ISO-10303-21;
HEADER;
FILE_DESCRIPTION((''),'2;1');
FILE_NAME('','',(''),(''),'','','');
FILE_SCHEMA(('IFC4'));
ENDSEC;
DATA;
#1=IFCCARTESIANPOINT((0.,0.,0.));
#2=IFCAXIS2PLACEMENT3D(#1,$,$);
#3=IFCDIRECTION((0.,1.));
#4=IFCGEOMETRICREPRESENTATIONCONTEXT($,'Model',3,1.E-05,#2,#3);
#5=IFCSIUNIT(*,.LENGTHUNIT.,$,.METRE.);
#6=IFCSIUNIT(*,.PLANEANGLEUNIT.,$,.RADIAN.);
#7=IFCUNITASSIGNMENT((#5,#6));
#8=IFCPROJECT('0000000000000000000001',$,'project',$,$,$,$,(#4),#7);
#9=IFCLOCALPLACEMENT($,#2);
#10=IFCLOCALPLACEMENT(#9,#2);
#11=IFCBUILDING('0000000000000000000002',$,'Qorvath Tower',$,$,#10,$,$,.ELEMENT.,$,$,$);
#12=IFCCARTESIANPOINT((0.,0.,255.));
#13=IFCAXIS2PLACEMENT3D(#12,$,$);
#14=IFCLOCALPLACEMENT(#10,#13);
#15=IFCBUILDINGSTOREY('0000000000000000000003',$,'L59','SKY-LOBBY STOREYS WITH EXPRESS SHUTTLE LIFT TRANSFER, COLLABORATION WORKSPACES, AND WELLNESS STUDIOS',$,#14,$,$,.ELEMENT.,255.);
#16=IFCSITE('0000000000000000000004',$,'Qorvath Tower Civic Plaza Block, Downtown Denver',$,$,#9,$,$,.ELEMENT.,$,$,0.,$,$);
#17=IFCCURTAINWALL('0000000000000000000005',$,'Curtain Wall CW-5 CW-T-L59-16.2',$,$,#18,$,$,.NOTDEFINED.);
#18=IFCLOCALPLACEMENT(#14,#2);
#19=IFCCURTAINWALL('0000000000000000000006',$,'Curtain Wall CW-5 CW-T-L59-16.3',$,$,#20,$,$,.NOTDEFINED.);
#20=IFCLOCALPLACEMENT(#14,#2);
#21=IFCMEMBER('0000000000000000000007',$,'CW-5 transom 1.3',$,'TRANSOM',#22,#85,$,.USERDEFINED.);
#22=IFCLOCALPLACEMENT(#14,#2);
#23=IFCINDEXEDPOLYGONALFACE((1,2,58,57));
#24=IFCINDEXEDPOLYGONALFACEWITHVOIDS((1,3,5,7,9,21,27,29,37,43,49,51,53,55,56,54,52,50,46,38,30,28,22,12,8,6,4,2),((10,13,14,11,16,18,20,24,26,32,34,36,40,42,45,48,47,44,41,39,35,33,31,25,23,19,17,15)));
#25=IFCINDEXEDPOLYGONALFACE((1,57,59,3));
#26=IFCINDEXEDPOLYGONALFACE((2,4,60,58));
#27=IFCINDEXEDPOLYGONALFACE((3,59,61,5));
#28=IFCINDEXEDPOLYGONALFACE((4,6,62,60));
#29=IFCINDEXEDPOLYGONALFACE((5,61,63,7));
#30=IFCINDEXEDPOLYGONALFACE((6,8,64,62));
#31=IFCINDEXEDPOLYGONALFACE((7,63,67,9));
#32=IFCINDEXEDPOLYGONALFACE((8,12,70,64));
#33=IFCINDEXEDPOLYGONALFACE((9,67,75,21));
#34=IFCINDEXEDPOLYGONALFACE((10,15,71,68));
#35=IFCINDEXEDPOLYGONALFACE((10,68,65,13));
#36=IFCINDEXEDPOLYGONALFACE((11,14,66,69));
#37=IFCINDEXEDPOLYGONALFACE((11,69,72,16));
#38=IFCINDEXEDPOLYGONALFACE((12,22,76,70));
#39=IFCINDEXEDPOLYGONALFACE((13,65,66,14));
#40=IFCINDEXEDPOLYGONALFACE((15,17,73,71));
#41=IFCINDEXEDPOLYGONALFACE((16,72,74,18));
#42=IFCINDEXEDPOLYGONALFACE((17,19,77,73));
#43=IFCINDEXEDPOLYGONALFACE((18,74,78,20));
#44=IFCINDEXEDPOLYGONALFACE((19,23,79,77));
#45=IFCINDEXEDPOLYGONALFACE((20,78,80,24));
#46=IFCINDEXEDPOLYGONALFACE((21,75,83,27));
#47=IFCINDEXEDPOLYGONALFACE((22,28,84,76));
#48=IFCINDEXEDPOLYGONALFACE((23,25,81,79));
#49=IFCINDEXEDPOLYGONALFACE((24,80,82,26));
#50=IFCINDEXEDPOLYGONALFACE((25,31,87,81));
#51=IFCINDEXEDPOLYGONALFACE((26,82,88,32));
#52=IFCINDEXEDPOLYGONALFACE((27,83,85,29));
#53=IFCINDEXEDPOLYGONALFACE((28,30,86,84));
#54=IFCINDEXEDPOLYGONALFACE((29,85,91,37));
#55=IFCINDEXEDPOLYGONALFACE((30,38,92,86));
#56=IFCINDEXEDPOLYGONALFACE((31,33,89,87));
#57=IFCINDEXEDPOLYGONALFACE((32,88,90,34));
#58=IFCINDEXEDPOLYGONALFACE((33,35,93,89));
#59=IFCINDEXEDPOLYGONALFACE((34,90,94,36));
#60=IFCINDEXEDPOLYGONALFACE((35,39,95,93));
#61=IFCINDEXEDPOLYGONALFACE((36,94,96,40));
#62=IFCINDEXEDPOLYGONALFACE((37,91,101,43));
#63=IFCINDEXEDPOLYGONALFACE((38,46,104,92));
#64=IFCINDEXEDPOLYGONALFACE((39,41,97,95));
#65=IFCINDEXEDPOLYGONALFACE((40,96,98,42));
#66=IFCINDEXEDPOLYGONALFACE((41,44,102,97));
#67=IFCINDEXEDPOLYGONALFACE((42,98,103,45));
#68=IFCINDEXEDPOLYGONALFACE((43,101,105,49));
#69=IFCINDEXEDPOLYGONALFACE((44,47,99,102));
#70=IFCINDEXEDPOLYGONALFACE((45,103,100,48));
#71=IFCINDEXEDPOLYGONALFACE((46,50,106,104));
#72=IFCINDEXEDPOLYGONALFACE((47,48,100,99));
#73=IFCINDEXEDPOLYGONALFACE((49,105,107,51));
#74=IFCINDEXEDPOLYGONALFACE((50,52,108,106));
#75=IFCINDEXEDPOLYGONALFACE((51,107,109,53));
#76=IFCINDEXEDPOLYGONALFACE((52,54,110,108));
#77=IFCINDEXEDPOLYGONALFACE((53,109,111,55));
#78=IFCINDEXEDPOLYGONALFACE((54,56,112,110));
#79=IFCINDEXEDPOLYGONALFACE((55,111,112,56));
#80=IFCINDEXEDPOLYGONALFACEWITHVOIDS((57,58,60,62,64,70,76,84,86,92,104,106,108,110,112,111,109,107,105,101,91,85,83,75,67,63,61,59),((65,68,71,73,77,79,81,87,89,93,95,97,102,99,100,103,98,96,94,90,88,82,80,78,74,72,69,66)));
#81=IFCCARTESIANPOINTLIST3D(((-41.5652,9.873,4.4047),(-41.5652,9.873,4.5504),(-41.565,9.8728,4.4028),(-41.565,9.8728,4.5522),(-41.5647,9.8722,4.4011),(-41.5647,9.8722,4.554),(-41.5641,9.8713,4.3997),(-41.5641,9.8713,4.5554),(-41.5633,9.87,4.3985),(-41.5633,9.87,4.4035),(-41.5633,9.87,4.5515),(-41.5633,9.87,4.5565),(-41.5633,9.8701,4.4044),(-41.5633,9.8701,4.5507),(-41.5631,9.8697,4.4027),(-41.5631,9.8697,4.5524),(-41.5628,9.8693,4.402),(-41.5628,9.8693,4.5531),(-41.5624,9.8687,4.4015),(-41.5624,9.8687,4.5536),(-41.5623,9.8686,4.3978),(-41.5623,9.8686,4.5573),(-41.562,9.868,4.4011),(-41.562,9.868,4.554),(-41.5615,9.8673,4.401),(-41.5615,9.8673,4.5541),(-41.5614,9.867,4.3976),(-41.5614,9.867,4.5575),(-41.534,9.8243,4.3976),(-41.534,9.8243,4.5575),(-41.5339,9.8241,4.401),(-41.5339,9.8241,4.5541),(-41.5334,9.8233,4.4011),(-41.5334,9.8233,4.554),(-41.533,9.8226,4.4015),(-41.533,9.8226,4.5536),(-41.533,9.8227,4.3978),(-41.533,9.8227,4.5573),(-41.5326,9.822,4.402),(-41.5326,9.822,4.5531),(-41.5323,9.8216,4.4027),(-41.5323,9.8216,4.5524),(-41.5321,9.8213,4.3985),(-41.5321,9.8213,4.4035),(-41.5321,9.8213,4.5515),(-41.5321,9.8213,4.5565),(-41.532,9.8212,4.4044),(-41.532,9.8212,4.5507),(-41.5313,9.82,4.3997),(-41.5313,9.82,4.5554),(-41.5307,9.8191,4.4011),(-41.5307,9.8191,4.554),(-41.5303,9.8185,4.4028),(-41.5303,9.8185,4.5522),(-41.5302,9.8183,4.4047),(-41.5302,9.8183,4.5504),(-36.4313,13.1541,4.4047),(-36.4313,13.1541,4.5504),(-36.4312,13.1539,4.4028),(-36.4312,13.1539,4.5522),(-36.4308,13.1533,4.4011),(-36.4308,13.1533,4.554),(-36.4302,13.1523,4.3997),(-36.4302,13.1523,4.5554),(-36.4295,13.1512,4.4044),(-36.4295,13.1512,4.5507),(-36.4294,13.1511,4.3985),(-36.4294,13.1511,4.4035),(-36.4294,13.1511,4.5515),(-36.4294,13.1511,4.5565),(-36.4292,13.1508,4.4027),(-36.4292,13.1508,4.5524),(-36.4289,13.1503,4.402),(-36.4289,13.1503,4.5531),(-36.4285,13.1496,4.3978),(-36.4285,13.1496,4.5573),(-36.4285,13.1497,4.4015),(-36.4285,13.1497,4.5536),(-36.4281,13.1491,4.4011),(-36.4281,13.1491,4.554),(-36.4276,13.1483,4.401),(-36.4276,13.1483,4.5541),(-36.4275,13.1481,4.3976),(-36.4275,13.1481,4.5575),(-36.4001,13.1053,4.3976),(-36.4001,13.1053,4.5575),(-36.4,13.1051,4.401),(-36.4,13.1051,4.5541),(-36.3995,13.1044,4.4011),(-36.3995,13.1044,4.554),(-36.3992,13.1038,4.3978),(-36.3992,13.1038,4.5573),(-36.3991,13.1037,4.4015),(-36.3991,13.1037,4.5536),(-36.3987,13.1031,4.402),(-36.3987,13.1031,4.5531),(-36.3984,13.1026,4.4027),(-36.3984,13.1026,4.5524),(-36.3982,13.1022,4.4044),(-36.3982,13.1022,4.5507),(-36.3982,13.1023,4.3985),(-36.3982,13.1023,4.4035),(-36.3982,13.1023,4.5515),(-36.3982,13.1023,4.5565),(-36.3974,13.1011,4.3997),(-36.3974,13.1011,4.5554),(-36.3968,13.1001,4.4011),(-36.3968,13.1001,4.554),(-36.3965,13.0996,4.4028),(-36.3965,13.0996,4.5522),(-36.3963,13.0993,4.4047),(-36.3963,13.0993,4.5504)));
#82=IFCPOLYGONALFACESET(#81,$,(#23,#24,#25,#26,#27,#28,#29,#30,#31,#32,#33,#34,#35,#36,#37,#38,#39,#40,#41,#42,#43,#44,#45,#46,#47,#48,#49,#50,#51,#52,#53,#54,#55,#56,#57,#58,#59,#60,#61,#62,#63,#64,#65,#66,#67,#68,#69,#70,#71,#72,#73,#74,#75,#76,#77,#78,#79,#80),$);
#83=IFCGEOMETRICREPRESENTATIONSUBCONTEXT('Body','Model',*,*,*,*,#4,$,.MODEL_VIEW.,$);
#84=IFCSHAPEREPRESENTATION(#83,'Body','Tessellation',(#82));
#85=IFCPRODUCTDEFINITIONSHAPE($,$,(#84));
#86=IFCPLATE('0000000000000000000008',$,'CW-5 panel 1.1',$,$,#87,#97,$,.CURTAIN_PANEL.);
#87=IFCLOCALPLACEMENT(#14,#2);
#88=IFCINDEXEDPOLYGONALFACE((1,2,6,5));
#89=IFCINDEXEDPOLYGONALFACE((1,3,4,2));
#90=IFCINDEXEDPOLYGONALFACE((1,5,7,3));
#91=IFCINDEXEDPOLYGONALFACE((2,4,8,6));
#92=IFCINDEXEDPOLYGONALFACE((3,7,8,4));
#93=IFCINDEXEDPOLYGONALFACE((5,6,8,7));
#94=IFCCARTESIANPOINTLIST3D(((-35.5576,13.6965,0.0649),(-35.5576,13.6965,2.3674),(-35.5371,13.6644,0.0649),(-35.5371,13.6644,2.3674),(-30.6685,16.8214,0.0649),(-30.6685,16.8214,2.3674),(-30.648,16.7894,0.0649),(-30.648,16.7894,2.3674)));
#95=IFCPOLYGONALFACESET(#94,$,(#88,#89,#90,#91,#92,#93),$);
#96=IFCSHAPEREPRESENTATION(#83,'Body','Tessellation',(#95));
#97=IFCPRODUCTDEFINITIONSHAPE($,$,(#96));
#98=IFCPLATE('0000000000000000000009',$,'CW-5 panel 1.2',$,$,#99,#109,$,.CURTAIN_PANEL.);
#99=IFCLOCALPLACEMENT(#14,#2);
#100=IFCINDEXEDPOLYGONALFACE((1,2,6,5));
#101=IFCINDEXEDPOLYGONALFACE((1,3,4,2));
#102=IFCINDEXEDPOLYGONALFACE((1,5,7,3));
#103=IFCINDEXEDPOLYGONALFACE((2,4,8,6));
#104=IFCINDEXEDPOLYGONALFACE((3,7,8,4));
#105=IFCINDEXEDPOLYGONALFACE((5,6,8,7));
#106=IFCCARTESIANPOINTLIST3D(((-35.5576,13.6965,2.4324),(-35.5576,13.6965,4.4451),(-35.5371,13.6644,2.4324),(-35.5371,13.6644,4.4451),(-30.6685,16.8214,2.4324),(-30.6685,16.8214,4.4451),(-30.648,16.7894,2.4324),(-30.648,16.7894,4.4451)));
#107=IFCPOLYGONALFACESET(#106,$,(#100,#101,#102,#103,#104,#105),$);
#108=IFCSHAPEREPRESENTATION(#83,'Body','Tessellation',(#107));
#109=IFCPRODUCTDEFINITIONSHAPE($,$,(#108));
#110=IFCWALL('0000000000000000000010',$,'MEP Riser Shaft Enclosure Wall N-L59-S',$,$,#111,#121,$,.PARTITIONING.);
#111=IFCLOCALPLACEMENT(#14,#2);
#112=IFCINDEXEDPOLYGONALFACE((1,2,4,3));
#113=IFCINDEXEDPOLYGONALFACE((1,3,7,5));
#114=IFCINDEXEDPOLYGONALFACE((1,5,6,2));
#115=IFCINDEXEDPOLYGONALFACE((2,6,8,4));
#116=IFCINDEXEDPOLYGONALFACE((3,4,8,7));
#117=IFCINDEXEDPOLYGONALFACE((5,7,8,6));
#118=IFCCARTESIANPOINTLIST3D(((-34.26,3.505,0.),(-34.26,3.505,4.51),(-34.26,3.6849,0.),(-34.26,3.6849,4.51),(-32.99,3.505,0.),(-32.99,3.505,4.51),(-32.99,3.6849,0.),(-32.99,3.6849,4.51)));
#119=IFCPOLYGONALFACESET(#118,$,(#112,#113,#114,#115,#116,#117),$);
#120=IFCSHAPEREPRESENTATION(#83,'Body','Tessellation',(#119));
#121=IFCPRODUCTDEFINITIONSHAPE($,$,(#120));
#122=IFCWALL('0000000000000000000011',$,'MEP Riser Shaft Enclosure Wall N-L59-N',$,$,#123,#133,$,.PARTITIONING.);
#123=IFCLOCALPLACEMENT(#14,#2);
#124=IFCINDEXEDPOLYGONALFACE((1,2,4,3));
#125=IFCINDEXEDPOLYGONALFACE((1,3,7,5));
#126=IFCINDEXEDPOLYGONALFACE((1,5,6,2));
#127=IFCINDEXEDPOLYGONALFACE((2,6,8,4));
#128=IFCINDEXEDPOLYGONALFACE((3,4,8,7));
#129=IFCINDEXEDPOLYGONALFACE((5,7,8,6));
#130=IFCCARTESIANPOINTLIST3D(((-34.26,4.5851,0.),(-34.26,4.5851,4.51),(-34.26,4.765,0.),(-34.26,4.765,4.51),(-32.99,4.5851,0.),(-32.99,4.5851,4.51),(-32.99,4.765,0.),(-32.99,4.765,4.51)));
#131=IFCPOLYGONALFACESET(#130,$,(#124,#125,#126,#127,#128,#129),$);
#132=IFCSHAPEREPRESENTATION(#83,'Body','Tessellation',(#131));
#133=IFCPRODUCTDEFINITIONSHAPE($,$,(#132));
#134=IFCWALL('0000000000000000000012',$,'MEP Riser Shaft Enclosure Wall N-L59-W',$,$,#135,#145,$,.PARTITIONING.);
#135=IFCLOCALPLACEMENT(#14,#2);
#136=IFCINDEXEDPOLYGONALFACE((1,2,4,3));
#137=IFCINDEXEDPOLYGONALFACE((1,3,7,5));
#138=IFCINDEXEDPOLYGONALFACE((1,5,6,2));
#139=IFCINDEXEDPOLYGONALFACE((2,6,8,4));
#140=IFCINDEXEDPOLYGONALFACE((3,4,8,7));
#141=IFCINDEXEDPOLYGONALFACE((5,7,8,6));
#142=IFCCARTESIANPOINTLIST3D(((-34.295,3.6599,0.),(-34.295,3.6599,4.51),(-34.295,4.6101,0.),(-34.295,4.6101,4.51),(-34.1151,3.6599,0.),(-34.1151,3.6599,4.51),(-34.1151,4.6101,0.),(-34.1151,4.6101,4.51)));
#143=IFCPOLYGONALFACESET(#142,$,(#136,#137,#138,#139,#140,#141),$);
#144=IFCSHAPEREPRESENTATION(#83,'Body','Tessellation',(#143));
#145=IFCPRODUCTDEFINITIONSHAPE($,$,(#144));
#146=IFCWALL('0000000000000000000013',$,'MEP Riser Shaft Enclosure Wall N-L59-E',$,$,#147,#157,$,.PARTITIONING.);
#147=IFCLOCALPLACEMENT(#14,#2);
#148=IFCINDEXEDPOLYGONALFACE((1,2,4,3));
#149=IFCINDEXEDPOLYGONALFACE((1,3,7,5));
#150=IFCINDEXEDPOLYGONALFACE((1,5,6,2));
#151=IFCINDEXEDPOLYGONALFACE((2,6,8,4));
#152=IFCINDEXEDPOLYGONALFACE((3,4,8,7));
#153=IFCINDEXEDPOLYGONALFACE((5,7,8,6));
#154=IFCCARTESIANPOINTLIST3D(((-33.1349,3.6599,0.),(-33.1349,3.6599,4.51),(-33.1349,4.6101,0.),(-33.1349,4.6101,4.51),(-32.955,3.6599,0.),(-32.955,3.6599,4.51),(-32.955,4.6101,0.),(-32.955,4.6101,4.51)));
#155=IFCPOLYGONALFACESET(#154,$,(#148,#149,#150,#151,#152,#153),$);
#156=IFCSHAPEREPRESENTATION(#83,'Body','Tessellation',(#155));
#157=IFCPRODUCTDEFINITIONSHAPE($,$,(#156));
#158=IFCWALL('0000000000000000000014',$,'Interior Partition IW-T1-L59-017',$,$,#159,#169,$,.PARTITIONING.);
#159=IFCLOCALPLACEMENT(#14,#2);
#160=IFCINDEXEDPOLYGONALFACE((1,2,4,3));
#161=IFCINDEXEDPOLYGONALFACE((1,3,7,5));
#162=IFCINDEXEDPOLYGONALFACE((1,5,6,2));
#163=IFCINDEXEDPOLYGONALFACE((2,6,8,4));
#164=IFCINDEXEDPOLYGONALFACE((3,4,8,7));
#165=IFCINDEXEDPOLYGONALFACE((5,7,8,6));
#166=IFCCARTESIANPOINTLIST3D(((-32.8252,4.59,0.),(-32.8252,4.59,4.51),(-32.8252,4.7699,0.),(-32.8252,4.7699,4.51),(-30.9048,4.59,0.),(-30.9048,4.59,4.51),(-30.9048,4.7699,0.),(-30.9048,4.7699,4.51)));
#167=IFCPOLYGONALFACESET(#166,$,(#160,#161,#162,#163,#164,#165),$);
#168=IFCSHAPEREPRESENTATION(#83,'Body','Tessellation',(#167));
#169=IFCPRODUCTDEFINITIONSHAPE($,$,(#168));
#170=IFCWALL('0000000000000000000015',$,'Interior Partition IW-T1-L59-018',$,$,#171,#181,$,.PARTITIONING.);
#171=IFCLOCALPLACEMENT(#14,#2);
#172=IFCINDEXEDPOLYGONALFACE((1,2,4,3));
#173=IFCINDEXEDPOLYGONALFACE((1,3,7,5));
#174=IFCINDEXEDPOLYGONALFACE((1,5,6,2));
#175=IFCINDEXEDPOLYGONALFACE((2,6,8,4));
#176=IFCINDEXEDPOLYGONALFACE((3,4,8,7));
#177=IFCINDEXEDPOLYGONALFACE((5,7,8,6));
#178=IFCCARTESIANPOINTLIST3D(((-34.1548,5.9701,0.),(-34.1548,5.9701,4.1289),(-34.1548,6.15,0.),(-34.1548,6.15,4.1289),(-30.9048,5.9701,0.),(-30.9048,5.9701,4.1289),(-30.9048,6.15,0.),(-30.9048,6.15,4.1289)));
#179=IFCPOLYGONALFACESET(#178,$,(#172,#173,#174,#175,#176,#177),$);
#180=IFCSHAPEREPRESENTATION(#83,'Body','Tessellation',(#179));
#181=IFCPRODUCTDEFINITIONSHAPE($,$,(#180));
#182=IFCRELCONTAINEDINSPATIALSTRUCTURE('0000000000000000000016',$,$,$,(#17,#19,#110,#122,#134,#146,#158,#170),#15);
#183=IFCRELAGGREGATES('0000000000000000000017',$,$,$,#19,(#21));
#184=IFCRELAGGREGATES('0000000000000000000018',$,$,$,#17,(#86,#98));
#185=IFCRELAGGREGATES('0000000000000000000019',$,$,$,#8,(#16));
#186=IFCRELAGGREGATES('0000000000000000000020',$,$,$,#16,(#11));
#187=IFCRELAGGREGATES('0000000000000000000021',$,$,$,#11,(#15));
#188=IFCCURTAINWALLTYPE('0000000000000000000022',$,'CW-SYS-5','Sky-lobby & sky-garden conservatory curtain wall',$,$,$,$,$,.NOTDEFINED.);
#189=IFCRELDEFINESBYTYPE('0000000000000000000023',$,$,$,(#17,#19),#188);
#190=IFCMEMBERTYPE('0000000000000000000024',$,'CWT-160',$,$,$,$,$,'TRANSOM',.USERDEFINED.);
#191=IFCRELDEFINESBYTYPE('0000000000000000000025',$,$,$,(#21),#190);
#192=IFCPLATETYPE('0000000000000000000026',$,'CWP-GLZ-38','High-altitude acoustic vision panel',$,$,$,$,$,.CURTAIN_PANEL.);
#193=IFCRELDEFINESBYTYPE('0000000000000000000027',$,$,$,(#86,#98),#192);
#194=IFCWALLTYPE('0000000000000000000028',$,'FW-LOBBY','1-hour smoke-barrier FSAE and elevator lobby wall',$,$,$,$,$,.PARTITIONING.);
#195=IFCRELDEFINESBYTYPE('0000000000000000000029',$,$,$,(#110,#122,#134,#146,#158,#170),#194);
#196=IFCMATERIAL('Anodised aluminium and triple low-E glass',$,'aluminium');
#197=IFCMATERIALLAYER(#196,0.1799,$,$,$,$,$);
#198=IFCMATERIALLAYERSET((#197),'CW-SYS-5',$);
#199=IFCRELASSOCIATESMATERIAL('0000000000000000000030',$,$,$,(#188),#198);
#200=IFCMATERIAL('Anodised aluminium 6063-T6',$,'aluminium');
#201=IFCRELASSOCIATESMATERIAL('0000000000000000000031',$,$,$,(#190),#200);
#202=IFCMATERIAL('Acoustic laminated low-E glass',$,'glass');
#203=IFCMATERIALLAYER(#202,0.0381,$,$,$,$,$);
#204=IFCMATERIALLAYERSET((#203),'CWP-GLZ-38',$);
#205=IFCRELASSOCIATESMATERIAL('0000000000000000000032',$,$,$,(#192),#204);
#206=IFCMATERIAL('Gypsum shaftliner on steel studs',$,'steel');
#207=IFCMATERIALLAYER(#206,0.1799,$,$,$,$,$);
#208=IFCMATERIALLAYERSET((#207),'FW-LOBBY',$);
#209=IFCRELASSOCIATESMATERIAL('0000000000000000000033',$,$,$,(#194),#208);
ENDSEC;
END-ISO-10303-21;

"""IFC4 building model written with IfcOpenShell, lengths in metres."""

from ifc_helpers import new_model, si_unit, direction, frame, frame_2d, origin, origin_2d, place, context, subcontext, project, spatial, rectangle, hollow_rectangle, extrude, material, layer, layer_set, material_profile, profile_set, type_object, element, aggregate, save


model = new_model("IFC4")

# Units and contexts
model_context = context("Model", 3, precision=1e-05, world=origin(), true_north=direction((0.0, 1.0)))
body_context = subcontext(model_context, "Body", "Model", "MODEL_VIEW")
ifc_project = project(units=[si_unit("LENGTHUNIT", "METRE"), si_unit("PLANEANGLEUNIT", "RADIAN")], contexts=[model_context])

# Site, building, storey
site_placement = place(None, origin())
site = spatial("IfcSite", under=ifc_project, at=site_placement, Name="Qorvath Tower Civic Plaza Block, Downtown Denver", CompositionType="ELEMENT", RefElevation=0.0)
building_placement = place(site_placement, origin())
building = spatial("IfcBuilding", under=site, at=building_placement, Name="Qorvath Tower", CompositionType="ELEMENT")
storey_placement = place(building_placement, frame((0.0, 0.0, 255.0)))
storey = spatial("IfcBuildingStorey", under=building, at=storey_placement, Name="L59", Description="SKY-LOBBY STOREYS WITH EXPRESS SHUTTLE LIFT TRANSFER, COLLABORATION WORKSPACES, AND WELLNESS STUDIOS", CompositionType="ELEMENT", Elevation=255.0)

# Curtain wall
ifc_material_1 = material(Name="Anodised aluminium and triple low-E glass", Category="aluminium")
ifc_layer_1 = layer(ifc_material_1, 0.1799)
ifc_layer_set_1 = layer_set([ifc_layer_1], Name="CW-SYS-5")
curtain_wall_type = type_object("IfcCurtainWallType", Name="CW-SYS-5", Description="Sky-lobby & sky-garden conservatory curtain wall", PredefinedType="NOTDEFINED", material=ifc_layer_set_1)
curtain_wall_1_placement = place(storey_placement, origin())
curtain_wall_1 = element("IfcCurtainWall", 1, at=curtain_wall_1_placement, inside=storey, type_object=curtain_wall_type, Name="Curtain Wall CW-5 CW-T-L59-16.2", PredefinedType="NOTDEFINED")

# Curtain wall, member
curtain_wall_2_placement = place(storey_placement, origin())
curtain_wall_2 = element("IfcCurtainWall", 2, at=curtain_wall_2_placement, inside=storey, type_object=curtain_wall_type, Name="Curtain Wall CW-5 CW-T-L59-16.3", PredefinedType="NOTDEFINED")
ifc_material_2 = material(Name="Anodised aluminium 6063-T6", Category="aluminium")
ifc_material_profile_1 = material_profile(ifc_material_2, hollow_rectangle(XDim=0.0649, YDim=0.1599, WallThickness=0.0034, InnerFilletRadius=0.0034, OuterFilletRadius=0.0071, at=origin_2d()), Name="CWT 160x65")
ifc_profile_set_1 = profile_set([ifc_material_profile_1], Name="Anodised aluminium 6063-T6")
member_type_1 = type_object("IfcMemberType", Name="CWT-160", ElementType="TRANSOM", PredefinedType="USERDEFINED", material=ifc_profile_set_1)
member_1_placement = place(storey_placement, frame((-36.4138, 13.1267, 4.4775), z_axis=(-0.842615, -0.538516, 0.0), x_axis=(0.538516, -0.842615, 0.0)))
member_1 = element("IfcMember", 3, at=member_1_placement, type_object=member_type_1, Name="CW-5 transom 1.3", ObjectType="TRANSOM", PredefinedType="USERDEFINED", context=body_context, shape_type="SweptSolid", body=[
    extrude(hollow_rectangle(XDim=0.0649, YDim=0.1599, WallThickness=0.0034, InnerFilletRadius=0.0034, OuterFilletRadius=0.0071, at=origin_2d()), origin(), (0.0, 0.0, 1.0), 6.0928),
])
aggregate(curtain_wall_2, [member_1])

# Plates
ifc_material_3 = material(Name="Acoustic laminated low-E glass", Category="glass")
ifc_layer_2 = layer(ifc_material_3, 0.0381)
ifc_layer_set_2 = layer_set([ifc_layer_2], Name="CWP-GLZ-38")
plate_type = type_object("IfcPlateType", Name="CWP-GLZ-38", Description="High-altitude acoustic vision panel", PredefinedType="CURTAIN_PANEL", material=ifc_layer_set_2)
plate_1_placement = place(storey_placement, frame((-33.1028, 15.2429, 0.0649), z_axis=(0.0, 0.0, 1.0), x_axis=(-0.84259, -0.538555, 0.0)))
plate_1 = element("IfcPlate", 4, at=plate_1_placement, type_object=plate_type, Name="CW-5 panel 1.1", PredefinedType="CURTAIN_PANEL", context=body_context, shape_type="SweptSolid", body=[
    extrude(rectangle(XDim=5.8025, YDim=0.0381, at=origin_2d()), origin(), (0.0, 0.0, 1.0), 2.3025),
])
plate_2_placement = place(storey_placement, frame((-33.1028, 15.2429, 2.4324), z_axis=(0.0, 0.0, 1.0), x_axis=(-0.84259, -0.538555, 0.0)))
plate_2 = element("IfcPlate", 5, at=plate_2_placement, type_object=plate_type, Name="CW-5 panel 1.2", PredefinedType="CURTAIN_PANEL", context=body_context, shape_type="SweptSolid", body=[
    extrude(rectangle(XDim=5.8025, YDim=0.0381, at=origin_2d()), origin(), (0.0, 0.0, 1.0), 2.0127),
])
aggregate(curtain_wall_1, [plate_1, plate_2])

# Walls
ifc_material_4 = material(Name="Gypsum shaftliner on steel studs", Category="steel")
ifc_layer_3 = layer(ifc_material_4, 0.1799)
ifc_layer_set_3 = layer_set([ifc_layer_3], Name="FW-LOBBY")
wall_type_1 = type_object("IfcWallType", Name="FW-LOBBY", Description="1-hour smoke-barrier FSAE and elevator lobby wall", PredefinedType="PARTITIONING", material=ifc_layer_set_3)
for number, where, z_axis, x_axis, name in (
    (6, (-32.99, 3.595, 0.0), (0.0, 0.0, 1.0), (-1.0, 0.0, 0.0), "MEP Riser Shaft Enclosure Wall N-L59-S"),
    (7, (-34.26, 4.675, 0.0), (0.0, 0.0, 1.0), (1.0, 0.0, 0.0), "MEP Riser Shaft Enclosure Wall N-L59-N"),
):
    element("IfcWall", number, at=place(storey_placement, frame(where, z_axis=z_axis, x_axis=x_axis)), inside=storey, type_object=wall_type_1, Name=name, PredefinedType="PARTITIONING", context=body_context, shape_type="SweptSolid", body=[
        extrude(rectangle(XDim=1.27, YDim=0.1799, at=frame_2d((0.635, 0.0))), origin(), (0.0, 0.0, 1.0), 4.51),
    ])
for number, where, z_axis, x_axis, name in (
    (8, (-34.2051, 3.6599, 0.0), (0.0, 0.0, 1.0), (0.0, 1.0, 0.0), "MEP Riser Shaft Enclosure Wall N-L59-W"),
    (9, (-33.0449, 4.6101, 0.0), (0.0, 0.0, 1.0), (0.0, -1.0, 0.0), "MEP Riser Shaft Enclosure Wall N-L59-E"),
):
    element("IfcWall", number, at=place(storey_placement, frame(where, z_axis=z_axis, x_axis=x_axis)), inside=storey, type_object=wall_type_1, Name=name, PredefinedType="PARTITIONING", context=body_context, shape_type="SweptSolid", body=[
        extrude(rectangle(XDim=0.9502, YDim=0.1799, at=frame_2d((0.4751, 0.0))), origin(), (0.0, 0.0, 1.0), 4.51),
    ])
wall_1_placement = place(storey_placement, frame((-32.8252, 4.6799, 0.0), z_axis=(0.0, 0.0, 1.0), x_axis=(1.0, 0.0, 0.0)))
element("IfcWall", 10, at=wall_1_placement, inside=storey, type_object=wall_type_1, Name="Interior Partition IW-T1-L59-017", PredefinedType="PARTITIONING", context=body_context, shape_type="SweptSolid", body=[
    extrude(rectangle(XDim=1.9204, YDim=0.1799, at=frame_2d((0.9602, 0.0))), origin(), (0.0, 0.0, 1.0), 4.51),
])
wall_2_placement = place(storey_placement, frame((-30.9048, 6.0601, 0.0), z_axis=(0.0, 0.0, 1.0), x_axis=(-1.0, 0.0, 0.0)))
element("IfcWall", 11, at=wall_2_placement, inside=storey, type_object=wall_type_1, Name="Interior Partition IW-T1-L59-018", PredefinedType="PARTITIONING", context=body_context, shape_type="SweptSolid", body=[
    extrude(rectangle(XDim=3.25, YDim=0.1799, at=frame_2d((1.625, 0.0))), origin(), (0.0, 0.0, 1.0), 4.1289),
])

save(model, "model.ifc")
